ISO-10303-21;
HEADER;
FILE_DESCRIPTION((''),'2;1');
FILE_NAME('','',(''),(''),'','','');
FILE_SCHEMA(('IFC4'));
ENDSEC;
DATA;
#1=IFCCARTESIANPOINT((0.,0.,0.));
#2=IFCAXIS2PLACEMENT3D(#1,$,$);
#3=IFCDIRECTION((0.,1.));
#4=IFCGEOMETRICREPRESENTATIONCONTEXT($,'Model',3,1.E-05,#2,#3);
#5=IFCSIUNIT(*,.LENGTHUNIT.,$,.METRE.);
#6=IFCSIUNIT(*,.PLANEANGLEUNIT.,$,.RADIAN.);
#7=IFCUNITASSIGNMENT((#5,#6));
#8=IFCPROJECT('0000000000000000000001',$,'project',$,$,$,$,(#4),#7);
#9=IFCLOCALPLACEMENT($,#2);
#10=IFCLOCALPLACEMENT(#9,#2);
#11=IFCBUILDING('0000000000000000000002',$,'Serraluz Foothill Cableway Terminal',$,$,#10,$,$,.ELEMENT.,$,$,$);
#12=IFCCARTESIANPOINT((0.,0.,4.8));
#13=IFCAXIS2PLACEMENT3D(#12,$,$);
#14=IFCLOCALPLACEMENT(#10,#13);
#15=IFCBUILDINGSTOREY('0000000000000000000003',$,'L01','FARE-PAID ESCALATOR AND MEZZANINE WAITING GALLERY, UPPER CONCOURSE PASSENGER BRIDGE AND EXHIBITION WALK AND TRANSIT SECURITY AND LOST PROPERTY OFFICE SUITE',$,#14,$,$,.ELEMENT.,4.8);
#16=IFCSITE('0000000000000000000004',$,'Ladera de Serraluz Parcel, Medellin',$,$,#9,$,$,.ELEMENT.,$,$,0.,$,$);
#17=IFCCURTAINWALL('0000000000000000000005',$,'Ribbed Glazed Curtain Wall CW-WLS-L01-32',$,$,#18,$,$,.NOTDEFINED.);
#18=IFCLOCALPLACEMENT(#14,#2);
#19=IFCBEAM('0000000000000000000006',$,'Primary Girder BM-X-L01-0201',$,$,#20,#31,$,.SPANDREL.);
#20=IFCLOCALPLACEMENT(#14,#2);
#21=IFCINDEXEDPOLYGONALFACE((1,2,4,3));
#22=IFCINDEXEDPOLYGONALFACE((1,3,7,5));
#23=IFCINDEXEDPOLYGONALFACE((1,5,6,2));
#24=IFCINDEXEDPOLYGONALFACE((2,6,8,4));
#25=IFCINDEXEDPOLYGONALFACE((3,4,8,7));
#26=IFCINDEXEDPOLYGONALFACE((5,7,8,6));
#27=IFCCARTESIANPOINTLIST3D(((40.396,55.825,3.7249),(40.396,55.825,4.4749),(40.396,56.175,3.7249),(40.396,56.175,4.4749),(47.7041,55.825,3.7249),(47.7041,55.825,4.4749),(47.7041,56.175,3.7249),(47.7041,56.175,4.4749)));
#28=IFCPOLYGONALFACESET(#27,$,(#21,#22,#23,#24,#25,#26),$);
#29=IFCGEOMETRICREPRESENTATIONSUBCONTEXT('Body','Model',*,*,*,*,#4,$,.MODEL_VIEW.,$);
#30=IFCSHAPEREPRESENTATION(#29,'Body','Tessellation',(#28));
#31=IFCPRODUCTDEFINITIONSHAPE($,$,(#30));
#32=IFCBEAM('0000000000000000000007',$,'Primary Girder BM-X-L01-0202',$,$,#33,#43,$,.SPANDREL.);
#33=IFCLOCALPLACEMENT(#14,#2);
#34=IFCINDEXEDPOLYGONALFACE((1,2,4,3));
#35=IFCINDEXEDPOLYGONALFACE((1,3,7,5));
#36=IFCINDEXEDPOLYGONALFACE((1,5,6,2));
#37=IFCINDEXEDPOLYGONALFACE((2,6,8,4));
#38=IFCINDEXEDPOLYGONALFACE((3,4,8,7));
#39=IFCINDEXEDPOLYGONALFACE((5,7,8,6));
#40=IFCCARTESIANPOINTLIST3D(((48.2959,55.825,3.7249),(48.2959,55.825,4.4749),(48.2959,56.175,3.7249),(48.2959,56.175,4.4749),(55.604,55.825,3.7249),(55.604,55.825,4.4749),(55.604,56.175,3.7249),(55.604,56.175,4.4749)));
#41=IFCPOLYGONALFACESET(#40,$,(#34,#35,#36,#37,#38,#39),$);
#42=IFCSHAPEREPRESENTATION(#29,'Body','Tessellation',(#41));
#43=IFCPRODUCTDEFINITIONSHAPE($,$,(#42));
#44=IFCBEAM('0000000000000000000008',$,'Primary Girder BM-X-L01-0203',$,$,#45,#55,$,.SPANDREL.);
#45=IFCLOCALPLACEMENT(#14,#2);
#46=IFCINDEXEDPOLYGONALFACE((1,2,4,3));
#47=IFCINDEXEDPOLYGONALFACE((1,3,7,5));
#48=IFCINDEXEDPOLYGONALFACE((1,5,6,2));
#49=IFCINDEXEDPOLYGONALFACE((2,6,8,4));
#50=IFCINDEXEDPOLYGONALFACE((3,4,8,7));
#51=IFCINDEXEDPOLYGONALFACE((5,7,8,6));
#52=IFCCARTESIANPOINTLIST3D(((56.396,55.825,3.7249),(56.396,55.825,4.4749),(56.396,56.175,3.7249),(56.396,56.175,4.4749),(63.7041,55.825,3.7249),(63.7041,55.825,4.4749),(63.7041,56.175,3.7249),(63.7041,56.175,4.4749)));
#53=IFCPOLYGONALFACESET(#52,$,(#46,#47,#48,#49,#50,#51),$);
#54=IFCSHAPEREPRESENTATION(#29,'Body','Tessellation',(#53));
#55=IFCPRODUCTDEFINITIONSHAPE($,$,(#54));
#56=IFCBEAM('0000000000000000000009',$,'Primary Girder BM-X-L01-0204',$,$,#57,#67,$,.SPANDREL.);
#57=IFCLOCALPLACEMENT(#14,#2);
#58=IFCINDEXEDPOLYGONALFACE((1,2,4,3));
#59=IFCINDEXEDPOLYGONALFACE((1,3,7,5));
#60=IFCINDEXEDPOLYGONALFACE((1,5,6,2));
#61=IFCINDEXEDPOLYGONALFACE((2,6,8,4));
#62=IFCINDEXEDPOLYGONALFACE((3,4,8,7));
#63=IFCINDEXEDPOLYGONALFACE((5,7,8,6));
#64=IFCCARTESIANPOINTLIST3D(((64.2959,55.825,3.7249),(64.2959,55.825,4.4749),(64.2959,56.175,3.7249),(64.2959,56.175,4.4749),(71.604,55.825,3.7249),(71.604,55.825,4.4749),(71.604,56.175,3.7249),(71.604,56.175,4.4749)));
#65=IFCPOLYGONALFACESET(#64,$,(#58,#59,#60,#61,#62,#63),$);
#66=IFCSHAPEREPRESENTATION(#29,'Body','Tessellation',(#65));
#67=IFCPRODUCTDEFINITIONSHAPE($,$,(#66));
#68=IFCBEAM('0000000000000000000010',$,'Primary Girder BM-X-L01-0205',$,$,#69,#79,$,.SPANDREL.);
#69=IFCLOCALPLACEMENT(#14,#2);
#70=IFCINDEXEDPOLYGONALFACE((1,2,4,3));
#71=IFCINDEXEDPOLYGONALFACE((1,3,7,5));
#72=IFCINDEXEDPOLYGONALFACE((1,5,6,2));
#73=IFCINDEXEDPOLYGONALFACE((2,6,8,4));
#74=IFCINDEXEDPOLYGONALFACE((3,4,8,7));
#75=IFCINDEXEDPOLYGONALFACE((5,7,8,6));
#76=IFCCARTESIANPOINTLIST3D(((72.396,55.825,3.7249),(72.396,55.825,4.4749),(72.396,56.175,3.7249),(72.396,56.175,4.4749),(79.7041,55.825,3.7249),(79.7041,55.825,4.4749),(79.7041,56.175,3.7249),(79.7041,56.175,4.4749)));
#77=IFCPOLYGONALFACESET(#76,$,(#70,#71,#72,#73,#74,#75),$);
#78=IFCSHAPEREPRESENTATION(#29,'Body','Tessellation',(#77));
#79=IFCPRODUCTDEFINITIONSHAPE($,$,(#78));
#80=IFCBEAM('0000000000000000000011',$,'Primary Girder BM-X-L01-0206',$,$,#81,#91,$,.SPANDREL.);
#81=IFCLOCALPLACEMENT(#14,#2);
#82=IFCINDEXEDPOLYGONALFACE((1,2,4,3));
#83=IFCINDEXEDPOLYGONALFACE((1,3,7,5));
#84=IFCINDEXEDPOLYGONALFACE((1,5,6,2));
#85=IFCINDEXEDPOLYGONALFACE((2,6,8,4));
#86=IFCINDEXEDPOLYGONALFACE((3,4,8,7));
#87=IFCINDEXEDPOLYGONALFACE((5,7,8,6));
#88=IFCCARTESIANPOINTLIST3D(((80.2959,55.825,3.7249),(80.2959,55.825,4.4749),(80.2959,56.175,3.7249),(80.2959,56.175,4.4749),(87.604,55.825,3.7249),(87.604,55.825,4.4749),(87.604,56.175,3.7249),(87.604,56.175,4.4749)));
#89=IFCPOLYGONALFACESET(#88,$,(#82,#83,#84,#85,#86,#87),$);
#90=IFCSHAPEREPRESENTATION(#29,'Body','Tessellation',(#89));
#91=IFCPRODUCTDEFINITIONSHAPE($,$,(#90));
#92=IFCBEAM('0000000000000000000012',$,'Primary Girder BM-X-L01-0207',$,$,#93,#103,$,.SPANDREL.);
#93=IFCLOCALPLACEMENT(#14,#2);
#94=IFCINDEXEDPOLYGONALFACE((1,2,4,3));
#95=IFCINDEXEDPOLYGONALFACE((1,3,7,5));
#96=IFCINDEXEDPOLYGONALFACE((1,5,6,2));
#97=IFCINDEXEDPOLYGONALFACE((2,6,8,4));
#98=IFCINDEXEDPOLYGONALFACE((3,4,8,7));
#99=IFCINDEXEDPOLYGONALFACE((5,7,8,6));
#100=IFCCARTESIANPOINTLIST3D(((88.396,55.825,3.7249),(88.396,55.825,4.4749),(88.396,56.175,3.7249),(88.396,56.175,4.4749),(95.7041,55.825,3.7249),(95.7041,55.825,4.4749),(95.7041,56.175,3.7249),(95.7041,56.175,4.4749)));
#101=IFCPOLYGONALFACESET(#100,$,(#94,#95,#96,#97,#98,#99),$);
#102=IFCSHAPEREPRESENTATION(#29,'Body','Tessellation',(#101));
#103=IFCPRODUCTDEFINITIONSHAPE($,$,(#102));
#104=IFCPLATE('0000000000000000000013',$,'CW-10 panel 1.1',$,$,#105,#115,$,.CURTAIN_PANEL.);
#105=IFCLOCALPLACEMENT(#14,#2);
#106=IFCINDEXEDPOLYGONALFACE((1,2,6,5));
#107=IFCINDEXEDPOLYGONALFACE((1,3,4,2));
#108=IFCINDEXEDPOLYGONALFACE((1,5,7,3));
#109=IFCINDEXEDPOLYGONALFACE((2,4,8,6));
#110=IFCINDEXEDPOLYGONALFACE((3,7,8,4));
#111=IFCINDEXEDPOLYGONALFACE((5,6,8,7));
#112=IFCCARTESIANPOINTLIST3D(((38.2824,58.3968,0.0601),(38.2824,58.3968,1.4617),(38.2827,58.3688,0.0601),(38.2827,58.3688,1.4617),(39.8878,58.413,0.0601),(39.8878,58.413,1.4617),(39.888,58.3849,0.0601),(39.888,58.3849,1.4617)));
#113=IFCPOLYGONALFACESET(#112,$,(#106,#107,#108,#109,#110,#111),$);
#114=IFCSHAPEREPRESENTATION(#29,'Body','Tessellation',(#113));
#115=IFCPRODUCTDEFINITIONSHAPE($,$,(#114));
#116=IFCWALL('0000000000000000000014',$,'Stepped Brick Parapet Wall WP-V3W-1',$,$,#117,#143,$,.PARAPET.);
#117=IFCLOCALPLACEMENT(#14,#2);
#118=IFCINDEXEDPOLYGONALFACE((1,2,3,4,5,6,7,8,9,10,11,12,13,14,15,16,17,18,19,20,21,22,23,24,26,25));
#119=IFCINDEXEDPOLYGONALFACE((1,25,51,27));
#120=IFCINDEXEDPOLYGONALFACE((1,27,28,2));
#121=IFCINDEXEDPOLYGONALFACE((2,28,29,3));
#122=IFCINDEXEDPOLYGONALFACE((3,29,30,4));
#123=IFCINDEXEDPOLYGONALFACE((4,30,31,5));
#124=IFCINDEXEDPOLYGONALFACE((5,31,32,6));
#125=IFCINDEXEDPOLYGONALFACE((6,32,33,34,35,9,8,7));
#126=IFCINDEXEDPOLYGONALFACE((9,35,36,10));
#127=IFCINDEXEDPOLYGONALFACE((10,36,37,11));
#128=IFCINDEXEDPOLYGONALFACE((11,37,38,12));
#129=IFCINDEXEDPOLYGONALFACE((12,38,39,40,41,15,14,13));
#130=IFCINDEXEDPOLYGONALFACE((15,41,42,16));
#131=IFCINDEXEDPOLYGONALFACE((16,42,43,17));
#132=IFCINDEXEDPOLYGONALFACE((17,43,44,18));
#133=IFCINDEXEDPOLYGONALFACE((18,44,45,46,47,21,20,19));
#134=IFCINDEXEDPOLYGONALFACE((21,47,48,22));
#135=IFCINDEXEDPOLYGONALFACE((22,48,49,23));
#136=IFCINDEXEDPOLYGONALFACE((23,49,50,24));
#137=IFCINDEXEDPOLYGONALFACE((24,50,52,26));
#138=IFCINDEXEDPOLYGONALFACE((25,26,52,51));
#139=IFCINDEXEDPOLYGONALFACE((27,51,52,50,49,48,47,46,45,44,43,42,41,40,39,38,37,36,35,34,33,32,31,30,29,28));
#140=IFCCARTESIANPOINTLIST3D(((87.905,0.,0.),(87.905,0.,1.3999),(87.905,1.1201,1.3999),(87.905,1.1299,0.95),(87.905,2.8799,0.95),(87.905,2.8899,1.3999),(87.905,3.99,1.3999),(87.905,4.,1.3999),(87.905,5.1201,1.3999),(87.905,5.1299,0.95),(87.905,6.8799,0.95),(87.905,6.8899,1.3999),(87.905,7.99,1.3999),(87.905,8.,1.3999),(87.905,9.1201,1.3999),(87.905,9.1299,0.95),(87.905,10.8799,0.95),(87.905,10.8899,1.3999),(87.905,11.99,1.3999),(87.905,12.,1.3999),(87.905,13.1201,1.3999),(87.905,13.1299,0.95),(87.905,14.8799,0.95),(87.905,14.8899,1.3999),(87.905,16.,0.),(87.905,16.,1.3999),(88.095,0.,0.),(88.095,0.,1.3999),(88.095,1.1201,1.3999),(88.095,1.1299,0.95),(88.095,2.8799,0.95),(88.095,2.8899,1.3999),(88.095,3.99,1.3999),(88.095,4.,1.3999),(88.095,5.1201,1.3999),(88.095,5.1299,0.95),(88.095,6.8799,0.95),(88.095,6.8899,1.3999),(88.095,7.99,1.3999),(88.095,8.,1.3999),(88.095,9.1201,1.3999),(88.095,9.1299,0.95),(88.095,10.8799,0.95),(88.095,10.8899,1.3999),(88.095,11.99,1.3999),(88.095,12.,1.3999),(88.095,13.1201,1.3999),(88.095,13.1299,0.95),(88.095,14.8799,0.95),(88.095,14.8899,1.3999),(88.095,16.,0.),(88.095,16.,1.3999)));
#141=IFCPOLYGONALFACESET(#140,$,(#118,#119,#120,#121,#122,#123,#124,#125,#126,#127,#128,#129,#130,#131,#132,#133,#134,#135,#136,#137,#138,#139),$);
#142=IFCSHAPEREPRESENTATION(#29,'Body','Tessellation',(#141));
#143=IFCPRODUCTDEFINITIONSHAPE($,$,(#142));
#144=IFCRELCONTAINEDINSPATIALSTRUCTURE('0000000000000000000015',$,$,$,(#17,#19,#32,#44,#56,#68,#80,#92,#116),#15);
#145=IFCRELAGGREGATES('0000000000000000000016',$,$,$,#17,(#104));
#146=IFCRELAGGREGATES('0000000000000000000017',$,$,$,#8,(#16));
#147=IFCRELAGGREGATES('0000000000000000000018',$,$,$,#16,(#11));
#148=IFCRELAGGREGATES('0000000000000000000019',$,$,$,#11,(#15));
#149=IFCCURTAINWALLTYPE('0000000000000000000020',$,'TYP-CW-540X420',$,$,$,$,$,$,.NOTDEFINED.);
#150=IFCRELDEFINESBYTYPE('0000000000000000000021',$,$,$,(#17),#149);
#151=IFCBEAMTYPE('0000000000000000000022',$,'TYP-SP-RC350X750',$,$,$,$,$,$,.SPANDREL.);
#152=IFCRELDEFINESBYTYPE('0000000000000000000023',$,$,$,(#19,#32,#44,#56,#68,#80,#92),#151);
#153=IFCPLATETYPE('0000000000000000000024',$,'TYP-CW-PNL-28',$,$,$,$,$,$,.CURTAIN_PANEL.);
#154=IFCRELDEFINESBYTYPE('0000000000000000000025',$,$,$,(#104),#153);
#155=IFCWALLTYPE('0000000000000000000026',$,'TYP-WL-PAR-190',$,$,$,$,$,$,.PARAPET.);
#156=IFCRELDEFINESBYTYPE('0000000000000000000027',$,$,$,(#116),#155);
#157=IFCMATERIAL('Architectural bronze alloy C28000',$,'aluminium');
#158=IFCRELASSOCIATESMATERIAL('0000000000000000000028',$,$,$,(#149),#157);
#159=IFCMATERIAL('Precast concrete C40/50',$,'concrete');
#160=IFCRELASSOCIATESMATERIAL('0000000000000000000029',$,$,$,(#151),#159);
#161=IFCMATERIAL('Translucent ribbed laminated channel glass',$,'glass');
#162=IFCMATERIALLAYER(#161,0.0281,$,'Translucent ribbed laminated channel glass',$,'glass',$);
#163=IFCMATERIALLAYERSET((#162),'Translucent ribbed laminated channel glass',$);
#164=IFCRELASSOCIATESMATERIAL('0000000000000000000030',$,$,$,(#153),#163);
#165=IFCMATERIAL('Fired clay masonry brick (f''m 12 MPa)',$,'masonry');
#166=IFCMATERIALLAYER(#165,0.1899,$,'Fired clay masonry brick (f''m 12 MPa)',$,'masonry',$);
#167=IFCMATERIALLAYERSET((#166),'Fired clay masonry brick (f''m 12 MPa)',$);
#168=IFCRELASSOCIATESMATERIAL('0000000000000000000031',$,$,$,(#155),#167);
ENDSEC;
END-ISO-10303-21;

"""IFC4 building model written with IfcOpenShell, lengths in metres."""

from ifc_helpers import new_model, si_unit, direction, frame, origin, origin_2d, place, context, subcontext, project, spatial, polyline, rectangle, outline, extrude, material, layer, layer_set, material_profile, profile_set, type_object, element, aggregate, save


model = new_model("IFC4")

# Units and contexts
model_context = context("Model", 3, precision=1e-05, world=origin(), true_north=direction((0.0, 1.0)))
body_context = subcontext(model_context, "Body", "Model", "MODEL_VIEW")
ifc_project = project(units=[si_unit("LENGTHUNIT", "METRE"), si_unit("PLANEANGLEUNIT", "RADIAN")], contexts=[model_context])

# Site, building, storey
site_placement = place(None, origin())
site = spatial("IfcSite", under=ifc_project, at=site_placement, Name="Ladera de Serraluz Parcel, Medellin", CompositionType="ELEMENT", RefElevation=0.0)
building_placement = place(site_placement, origin())
building = spatial("IfcBuilding", under=site, at=building_placement, Name="Serraluz Foothill Cableway Terminal", CompositionType="ELEMENT")
storey_placement = place(building_placement, frame((0.0, 0.0, 4.8)))
storey = spatial("IfcBuildingStorey", under=building, at=storey_placement, Name="L01", Description="FARE-PAID ESCALATOR AND MEZZANINE WAITING GALLERY, UPPER CONCOURSE PASSENGER BRIDGE AND EXHIBITION WALK AND TRANSIT SECURITY AND LOST PROPERTY OFFICE SUITE", CompositionType="ELEMENT", Elevation=4.8)

# Curtain wall
ifc_material_1 = material(Name="Architectural bronze alloy C28000", Category="aluminium")
curtain_wall_type = type_object("IfcCurtainWallType", Name="TYP-CW-540X420", PredefinedType="NOTDEFINED", material=ifc_material_1)
curtain_wall_placement = place(storey_placement, origin())
curtain_wall = element("IfcCurtainWall", 1, at=curtain_wall_placement, inside=storey, type_object=curtain_wall_type, Name="Ribbed Glazed Curtain Wall CW-WLS-L01-32", PredefinedType="NOTDEFINED")

# Beams
ifc_material_2 = material(Name="Precast concrete C40/50", Category="concrete")
ifc_material_profile_1 = material_profile(ifc_material_2, rectangle(XDim=0.3501, YDim=0.75, at=origin_2d()), Name="RC SP 350x750")
ifc_profile_set_1 = profile_set([ifc_material_profile_1], Name="Precast concrete C40/50")
beam_type_1 = type_object("IfcBeamType", Name="TYP-SP-RC350X750", PredefinedType="SPANDREL", material=ifc_profile_set_1)
for number, where, z_axis, x_axis, name in (
    (2, (40.396, 56.0, 4.0999), (1.0, 0.0, 0.0), (0.0, 1.0, 0.0), "Primary Girder BM-X-L01-0201"),
    (3, (48.2959, 56.0, 4.0999), (1.0, 0.0, 0.0), (0.0, 1.0, 0.0), "Primary Girder BM-X-L01-0202"),
    (4, (56.396, 56.0, 4.0999), (1.0, 0.0, 0.0), (0.0, 1.0, 0.0), "Primary Girder BM-X-L01-0203"),
    (5, (64.2959, 56.0, 4.0999), (1.0, 0.0, 0.0), (0.0, 1.0, 0.0), "Primary Girder BM-X-L01-0204"),
    (6, (72.396, 56.0, 4.0999), (1.0, 0.0, 0.0), (0.0, 1.0, 0.0), "Primary Girder BM-X-L01-0205"),
    (7, (80.2959, 56.0, 4.0999), (1.0, 0.0, 0.0), (0.0, 1.0, 0.0), "Primary Girder BM-X-L01-0206"),
    (8, (88.396, 56.0, 4.0999), (1.0, 0.0, 0.0), (0.0, 1.0, 0.0), "Primary Girder BM-X-L01-0207"),
):
    element("IfcBeam", number, at=place(storey_placement, frame(where, z_axis=z_axis, x_axis=x_axis)), inside=storey, type_object=beam_type_1, Name=name, PredefinedType="SPANDREL", context=body_context, shape_type="SweptSolid", body=[
        extrude(rectangle(XDim=0.3501, YDim=0.75, at=origin_2d()), origin(), (0.0, 0.0, 1.0), 7.3081),
    ])

# Plate
ifc_material_3 = material(Name="Translucent ribbed laminated channel glass", Category="glass")
ifc_layer_1 = layer(ifc_material_3, 0.0281, Name="Translucent ribbed laminated channel glass", Category="glass")
ifc_layer_set_1 = layer_set([ifc_layer_1], Name="Translucent ribbed laminated channel glass")
plate_type = type_object("IfcPlateType", Name="TYP-CW-PNL-28", PredefinedType="CURTAIN_PANEL", material=ifc_layer_set_1)
plate_placement = place(storey_placement, frame((39.0852, 58.3909, 0.0601), z_axis=(0.0, 0.0, 1.0), x_axis=(-0.999949, -0.010066, 0.0)))
plate = element("IfcPlate", 9, at=plate_placement, type_object=plate_type, Name="CW-10 panel 1.1", PredefinedType="CURTAIN_PANEL", context=body_context, shape_type="SweptSolid", body=[
    extrude(rectangle(XDim=1.6055, YDim=0.0281, at=origin_2d()), origin(), (0.0, 0.0, 1.0), 1.4016),
])
aggregate(curtain_wall, [plate])

# Wall
ifc_material_4 = material(Name="Fired clay masonry brick (f'm 12 MPa)", Category="masonry")
ifc_layer_2 = layer(ifc_material_4, 0.1899, Name="Fired clay masonry brick (f'm 12 MPa)", Category="masonry")
ifc_layer_set_2 = layer_set([ifc_layer_2], Name="Fired clay masonry brick (f'm 12 MPa)")
wall_type = type_object("IfcWallType", Name="TYP-WL-PAR-190", PredefinedType="PARAPET", material=ifc_layer_set_2)
wall_placement = place(storey_placement, frame((88.0, 0.0, 0.0), z_axis=(0.0, 0.0, 1.0), x_axis=(0.0, 1.0, 0.0)))
element("IfcWall", 10, at=wall_placement, inside=storey, type_object=wall_type, Name="Stepped Brick Parapet Wall WP-V3W-1", PredefinedType="PARAPET", context=body_context, shape_type="SweptSolid", body=[
    extrude(outline(polyline([(0.0, 0.0), (16.0, 0.0), (16.0, 1.3999), (14.8899, 1.3999), (14.8799, 0.95), (13.1299, 0.95), (13.1201, 1.3999), (12.0, 1.3999), (11.99, 1.3999), (10.8899, 1.3999), (10.8799, 0.95), (9.1299, 0.95), (9.1201, 1.3999), (8.0, 1.3999), (7.99, 1.3999), (6.8899, 1.3999), (6.8799, 0.95), (5.1299, 0.95), (5.1201, 1.3999), (4.0, 1.3999), (3.99, 1.3999), (2.8899, 1.3999), (2.8799, 0.95), (1.1299, 0.95), (1.1201, 1.3999), (0.0, 1.3999), (0.0, 0.0)])), frame((0.0, 0.095, 0.0), z_axis=(0.0, -1.0, 0.0), x_axis=(1.0, 0.0, 0.0)), (0.0, 0.0, 1.0), 0.1899),
])

save(model, "model.ifc")
